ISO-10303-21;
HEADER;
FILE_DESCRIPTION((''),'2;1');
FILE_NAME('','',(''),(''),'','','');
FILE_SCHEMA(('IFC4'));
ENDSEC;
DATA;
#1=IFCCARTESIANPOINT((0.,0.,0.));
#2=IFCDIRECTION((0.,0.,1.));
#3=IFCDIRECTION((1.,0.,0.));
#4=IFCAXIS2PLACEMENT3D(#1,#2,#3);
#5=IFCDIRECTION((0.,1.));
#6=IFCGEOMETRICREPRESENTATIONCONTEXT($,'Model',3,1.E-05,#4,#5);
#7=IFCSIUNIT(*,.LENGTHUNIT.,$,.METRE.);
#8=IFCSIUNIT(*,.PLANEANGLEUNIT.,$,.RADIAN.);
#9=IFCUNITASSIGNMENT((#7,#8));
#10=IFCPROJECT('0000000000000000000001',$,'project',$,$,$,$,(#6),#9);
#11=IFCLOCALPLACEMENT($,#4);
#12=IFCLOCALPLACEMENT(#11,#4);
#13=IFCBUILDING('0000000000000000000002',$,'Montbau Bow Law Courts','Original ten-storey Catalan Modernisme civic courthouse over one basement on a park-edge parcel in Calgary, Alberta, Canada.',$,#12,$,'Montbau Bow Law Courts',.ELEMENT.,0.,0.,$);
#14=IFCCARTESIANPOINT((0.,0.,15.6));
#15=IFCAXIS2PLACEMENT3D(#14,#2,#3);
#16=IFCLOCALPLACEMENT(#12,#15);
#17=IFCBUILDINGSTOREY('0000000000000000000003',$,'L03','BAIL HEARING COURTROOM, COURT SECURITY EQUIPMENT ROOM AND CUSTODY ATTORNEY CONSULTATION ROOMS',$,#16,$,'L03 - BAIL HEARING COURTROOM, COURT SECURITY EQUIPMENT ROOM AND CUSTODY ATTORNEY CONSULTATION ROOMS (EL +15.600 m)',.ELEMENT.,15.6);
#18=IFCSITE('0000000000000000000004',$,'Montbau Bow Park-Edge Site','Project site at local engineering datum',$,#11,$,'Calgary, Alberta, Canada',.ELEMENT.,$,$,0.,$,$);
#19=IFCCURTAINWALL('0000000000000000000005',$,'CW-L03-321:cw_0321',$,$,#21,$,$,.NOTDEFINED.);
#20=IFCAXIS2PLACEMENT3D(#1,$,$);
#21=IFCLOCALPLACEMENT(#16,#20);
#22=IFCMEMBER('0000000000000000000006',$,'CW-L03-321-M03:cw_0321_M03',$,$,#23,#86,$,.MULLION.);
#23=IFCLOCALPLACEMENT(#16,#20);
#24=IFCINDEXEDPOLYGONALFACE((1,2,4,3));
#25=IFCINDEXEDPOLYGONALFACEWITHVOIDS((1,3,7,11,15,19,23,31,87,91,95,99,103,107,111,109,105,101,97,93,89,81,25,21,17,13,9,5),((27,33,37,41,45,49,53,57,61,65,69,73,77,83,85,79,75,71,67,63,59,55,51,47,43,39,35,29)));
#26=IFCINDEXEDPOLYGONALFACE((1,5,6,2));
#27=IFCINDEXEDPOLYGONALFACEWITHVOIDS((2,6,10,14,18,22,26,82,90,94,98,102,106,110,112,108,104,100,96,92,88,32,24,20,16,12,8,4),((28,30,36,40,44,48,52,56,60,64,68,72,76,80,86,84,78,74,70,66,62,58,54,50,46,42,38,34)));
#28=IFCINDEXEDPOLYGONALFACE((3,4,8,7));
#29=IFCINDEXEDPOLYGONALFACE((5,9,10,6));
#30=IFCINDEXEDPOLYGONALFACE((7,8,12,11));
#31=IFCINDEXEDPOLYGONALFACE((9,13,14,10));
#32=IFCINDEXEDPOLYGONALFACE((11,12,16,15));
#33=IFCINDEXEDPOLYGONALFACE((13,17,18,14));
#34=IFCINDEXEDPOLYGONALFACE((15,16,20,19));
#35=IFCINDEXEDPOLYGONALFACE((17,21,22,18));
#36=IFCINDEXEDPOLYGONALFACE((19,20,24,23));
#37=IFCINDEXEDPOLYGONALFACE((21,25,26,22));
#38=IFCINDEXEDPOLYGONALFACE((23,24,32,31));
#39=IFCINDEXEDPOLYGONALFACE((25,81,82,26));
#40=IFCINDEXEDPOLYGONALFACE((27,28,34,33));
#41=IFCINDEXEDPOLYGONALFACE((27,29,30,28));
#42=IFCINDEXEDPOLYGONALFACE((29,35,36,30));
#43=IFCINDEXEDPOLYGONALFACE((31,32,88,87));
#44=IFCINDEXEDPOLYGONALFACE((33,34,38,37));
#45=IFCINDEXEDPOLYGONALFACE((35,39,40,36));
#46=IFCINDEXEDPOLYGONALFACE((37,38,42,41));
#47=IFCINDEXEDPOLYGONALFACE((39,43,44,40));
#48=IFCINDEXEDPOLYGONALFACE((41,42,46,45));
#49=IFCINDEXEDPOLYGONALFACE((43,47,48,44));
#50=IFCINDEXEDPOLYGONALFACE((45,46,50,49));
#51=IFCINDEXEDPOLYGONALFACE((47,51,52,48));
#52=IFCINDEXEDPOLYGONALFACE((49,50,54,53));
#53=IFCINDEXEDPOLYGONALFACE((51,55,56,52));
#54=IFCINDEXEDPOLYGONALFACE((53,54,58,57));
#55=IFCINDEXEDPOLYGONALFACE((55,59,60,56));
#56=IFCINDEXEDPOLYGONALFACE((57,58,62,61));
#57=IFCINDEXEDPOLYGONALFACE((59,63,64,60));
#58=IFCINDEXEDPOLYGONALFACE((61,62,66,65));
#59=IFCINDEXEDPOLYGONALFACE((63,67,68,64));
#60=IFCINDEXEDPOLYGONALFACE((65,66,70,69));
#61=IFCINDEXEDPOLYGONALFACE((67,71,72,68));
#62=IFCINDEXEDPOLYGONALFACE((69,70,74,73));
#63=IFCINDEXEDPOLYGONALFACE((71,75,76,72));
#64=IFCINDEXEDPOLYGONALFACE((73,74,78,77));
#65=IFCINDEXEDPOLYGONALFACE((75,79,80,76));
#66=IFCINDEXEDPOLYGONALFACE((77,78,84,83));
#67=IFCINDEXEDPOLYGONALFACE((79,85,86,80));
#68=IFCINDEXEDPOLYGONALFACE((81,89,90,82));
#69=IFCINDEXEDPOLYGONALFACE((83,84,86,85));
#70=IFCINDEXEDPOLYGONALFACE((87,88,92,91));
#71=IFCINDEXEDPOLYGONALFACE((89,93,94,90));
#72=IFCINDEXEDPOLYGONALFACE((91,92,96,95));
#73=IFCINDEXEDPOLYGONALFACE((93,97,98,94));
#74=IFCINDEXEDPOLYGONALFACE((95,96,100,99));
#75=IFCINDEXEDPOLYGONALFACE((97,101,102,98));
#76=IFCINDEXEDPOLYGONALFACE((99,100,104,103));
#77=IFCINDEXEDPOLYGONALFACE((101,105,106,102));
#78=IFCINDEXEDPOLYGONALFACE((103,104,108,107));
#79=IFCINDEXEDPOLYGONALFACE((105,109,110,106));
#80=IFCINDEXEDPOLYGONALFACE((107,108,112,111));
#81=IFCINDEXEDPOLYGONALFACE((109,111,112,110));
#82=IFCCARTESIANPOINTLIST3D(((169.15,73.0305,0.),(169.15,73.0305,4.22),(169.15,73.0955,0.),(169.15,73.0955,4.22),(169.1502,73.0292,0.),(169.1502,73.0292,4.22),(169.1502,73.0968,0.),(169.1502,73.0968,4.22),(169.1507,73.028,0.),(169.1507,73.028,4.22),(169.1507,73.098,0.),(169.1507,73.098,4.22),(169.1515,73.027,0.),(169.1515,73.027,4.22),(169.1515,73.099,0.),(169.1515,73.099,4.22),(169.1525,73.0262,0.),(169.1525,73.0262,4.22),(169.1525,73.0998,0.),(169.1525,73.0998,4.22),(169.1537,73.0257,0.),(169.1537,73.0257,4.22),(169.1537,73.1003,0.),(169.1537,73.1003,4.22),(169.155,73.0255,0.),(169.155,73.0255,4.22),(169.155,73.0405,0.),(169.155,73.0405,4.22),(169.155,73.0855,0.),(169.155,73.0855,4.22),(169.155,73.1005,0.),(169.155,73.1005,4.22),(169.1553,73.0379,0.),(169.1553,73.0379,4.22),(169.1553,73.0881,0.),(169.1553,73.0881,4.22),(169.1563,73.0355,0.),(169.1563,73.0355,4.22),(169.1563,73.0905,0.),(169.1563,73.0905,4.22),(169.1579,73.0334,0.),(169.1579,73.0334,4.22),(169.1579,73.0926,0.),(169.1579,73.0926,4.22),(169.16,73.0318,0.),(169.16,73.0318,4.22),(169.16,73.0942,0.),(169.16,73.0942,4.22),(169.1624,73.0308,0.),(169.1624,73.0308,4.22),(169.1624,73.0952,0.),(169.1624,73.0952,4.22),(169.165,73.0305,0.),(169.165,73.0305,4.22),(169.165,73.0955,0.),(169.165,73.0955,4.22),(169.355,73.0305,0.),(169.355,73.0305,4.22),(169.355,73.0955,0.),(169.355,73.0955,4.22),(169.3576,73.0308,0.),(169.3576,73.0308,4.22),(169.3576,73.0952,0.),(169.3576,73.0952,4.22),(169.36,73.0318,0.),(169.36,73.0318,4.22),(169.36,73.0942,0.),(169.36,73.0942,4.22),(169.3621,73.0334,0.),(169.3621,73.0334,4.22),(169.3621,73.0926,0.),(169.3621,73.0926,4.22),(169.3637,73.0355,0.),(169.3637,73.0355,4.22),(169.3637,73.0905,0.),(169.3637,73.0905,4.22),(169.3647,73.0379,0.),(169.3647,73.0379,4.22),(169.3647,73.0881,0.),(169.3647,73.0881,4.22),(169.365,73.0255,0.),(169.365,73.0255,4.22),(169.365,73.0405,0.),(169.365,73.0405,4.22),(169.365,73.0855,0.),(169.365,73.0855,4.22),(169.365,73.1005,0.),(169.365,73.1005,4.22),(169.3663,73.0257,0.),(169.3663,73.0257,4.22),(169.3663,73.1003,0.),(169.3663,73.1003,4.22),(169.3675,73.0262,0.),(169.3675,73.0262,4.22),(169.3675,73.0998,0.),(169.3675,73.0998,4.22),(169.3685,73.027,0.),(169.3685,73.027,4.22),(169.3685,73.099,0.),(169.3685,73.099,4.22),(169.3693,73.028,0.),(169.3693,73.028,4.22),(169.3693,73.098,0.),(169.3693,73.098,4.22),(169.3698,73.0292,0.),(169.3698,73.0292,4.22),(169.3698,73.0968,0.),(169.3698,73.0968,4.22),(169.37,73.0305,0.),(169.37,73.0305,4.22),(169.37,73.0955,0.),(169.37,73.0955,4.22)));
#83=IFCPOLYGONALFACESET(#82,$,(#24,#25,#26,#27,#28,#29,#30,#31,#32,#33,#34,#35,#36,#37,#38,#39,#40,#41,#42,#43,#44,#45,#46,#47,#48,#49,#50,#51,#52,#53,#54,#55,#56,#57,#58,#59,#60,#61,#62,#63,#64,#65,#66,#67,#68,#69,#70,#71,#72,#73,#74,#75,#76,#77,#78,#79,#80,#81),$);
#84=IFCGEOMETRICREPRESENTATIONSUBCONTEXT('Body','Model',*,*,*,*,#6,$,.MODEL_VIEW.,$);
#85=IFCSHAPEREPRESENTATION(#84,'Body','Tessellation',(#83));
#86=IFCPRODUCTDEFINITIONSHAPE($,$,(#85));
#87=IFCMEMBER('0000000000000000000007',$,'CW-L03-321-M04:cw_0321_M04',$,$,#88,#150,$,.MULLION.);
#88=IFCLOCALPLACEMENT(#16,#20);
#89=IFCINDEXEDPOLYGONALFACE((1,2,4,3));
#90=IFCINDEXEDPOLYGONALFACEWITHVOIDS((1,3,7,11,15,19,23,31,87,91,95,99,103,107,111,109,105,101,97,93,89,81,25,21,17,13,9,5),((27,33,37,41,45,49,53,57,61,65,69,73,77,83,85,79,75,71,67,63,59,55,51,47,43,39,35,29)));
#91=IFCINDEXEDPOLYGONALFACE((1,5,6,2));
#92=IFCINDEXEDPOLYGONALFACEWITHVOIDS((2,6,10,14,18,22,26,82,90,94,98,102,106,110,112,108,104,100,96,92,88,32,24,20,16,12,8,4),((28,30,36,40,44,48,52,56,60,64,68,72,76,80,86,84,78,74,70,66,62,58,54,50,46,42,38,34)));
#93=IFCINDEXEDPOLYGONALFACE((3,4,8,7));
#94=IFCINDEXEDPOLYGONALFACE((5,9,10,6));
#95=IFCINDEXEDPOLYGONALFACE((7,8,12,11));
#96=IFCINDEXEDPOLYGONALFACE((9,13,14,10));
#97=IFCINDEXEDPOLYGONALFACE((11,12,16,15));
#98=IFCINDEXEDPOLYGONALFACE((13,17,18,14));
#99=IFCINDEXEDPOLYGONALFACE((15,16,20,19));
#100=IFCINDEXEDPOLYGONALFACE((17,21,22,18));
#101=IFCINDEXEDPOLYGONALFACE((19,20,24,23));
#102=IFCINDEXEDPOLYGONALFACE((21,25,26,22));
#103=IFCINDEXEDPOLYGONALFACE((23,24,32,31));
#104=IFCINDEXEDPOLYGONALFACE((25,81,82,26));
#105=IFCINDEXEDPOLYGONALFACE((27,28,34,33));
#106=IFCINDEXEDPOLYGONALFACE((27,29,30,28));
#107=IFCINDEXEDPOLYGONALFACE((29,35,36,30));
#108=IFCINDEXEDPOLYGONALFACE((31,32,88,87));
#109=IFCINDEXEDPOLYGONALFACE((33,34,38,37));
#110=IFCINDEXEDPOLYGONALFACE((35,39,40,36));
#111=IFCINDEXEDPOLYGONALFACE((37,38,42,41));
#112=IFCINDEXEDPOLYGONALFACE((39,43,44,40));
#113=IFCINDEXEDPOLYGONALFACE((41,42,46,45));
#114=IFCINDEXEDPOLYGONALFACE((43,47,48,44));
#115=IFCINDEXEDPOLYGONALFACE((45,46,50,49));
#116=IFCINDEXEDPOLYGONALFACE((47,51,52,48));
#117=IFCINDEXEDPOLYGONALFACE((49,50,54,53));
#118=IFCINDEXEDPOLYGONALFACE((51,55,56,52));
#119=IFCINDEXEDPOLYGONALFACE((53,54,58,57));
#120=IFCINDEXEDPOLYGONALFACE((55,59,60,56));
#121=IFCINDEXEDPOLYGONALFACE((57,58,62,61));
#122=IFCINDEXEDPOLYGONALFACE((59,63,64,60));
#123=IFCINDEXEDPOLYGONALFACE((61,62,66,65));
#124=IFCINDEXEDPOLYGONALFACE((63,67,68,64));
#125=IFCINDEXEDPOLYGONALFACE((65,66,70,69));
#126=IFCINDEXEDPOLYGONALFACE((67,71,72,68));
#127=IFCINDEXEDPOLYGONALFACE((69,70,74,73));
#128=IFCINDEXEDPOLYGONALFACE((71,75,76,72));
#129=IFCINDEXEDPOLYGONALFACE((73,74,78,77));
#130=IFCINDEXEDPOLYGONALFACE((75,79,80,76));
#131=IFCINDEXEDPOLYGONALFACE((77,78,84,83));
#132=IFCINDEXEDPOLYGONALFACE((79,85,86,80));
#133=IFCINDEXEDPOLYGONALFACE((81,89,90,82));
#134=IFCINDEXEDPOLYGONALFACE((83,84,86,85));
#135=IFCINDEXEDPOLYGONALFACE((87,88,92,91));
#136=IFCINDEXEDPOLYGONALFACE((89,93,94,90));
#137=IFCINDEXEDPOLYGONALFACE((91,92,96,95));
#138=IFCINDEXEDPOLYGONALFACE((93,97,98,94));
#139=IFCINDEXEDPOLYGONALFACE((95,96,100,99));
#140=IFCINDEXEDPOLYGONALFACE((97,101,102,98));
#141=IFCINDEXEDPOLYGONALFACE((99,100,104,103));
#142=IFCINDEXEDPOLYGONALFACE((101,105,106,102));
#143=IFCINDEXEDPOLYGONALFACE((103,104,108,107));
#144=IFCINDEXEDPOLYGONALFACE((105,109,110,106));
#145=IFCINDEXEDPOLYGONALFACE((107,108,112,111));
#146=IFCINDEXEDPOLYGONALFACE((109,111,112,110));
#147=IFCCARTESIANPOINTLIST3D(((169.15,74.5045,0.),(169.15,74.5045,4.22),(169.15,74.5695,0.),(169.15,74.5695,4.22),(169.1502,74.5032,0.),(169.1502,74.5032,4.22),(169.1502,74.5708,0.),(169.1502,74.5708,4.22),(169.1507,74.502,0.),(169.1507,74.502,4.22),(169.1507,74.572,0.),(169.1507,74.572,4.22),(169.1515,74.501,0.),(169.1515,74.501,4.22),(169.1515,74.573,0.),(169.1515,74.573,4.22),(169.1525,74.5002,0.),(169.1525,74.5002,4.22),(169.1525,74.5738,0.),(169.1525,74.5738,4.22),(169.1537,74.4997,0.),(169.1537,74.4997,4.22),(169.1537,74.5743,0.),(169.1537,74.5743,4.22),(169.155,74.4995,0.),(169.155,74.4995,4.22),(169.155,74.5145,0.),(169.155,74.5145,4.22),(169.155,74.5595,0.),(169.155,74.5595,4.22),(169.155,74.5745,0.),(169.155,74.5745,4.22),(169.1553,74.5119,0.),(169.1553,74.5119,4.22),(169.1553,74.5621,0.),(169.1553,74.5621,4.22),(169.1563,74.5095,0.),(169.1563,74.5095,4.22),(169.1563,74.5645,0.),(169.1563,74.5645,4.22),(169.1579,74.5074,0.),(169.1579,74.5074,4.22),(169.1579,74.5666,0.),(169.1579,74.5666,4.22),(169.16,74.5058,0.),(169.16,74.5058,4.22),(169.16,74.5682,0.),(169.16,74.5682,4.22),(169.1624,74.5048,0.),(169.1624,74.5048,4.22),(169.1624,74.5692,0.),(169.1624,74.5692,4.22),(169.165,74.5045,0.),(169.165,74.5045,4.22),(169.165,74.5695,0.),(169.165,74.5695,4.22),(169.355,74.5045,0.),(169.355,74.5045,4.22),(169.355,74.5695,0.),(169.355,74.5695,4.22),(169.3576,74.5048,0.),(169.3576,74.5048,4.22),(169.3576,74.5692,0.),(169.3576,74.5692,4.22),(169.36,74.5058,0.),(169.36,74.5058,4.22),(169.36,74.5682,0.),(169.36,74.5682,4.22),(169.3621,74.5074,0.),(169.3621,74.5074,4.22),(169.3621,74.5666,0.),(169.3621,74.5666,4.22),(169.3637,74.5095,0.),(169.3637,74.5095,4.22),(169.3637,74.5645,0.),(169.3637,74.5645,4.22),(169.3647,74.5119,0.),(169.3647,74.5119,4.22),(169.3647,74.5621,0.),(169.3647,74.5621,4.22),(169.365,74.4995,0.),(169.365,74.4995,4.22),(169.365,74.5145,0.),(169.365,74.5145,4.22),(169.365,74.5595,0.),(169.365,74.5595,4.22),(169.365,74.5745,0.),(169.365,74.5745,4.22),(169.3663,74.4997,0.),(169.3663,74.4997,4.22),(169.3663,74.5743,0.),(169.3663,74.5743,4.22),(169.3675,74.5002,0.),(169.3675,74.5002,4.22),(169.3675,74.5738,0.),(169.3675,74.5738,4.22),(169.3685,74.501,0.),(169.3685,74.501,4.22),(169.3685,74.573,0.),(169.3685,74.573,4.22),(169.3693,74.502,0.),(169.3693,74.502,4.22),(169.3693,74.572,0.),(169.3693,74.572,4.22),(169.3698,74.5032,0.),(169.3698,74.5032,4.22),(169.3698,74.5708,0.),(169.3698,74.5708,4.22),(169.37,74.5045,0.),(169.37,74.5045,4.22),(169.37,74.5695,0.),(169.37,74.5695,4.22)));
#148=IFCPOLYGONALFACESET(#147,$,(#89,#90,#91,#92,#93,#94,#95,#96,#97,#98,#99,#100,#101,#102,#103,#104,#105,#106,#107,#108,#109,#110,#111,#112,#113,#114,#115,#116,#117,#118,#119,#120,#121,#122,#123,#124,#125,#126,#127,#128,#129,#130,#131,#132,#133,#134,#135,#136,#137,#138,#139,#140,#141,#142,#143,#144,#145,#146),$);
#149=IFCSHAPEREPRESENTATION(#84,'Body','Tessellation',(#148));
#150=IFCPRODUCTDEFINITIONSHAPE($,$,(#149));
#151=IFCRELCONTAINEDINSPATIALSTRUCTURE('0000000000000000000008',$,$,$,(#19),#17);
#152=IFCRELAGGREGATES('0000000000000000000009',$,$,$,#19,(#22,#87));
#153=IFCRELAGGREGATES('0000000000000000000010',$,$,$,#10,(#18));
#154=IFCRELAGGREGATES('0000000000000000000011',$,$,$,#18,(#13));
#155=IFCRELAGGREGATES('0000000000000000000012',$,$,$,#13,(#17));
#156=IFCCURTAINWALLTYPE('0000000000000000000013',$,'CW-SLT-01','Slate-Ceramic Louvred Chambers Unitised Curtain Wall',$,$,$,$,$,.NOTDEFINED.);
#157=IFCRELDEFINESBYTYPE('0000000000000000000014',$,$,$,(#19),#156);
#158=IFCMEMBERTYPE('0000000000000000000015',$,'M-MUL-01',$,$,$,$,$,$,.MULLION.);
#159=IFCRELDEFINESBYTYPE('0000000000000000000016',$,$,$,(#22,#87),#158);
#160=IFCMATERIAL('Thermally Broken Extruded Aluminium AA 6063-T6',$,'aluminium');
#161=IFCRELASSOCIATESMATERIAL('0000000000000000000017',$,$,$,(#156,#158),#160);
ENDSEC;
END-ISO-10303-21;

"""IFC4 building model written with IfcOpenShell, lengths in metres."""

from ifc_helpers import new_model, si_unit, direction, frame, origin_with_axes, origin_2d_with_axis, place, context, subcontext, project, spatial, hollow_rectangle, extrude, material, material_profile, profile_set, type_object, element, aggregate, save


model = new_model("IFC4")

# Units and contexts
model_context = context("Model", 3, precision=1e-05, world=origin_with_axes(), true_north=direction((0.0, 1.0)))
body_context = subcontext(model_context, "Body", "Model", "MODEL_VIEW")
ifc_project = project(units=[si_unit("LENGTHUNIT", "METRE"), si_unit("PLANEANGLEUNIT", "RADIAN")], contexts=[model_context])

# Site, building, storey
site_placement = place(None, origin_with_axes())
site = spatial("IfcSite", under=ifc_project, at=site_placement, Name="Montbau Bow Park-Edge Site", Description="Project site at local engineering datum", LongName="Calgary, Alberta, Canada", CompositionType="ELEMENT", RefElevation=0.0)
building_placement = place(site_placement, origin_with_axes())
building = spatial("IfcBuilding", under=site, at=building_placement, Name="Montbau Bow Law Courts", Description="Original ten-storey Catalan Modernisme civic courthouse over one basement on a park-edge parcel in Calgary, Alberta, Canada.", LongName="Montbau Bow Law Courts", CompositionType="ELEMENT", ElevationOfRefHeight=0.0, ElevationOfTerrain=0.0)
storey_placement = place(building_placement, frame((0.0, 0.0, 15.6), z_axis=(0.0, 0.0, 1.0), x_axis=(1.0, 0.0, 0.0)))
storey = spatial("IfcBuildingStorey", under=building, at=storey_placement, Name="L03", Description="BAIL HEARING COURTROOM, COURT SECURITY EQUIPMENT ROOM AND CUSTODY ATTORNEY CONSULTATION ROOMS", LongName="L03 - BAIL HEARING COURTROOM, COURT SECURITY EQUIPMENT ROOM AND CUSTODY ATTORNEY CONSULTATION ROOMS (EL +15.600 m)", CompositionType="ELEMENT", Elevation=15.6)

# Curtain wall, members
ifc_material_1 = material(Name="Thermally Broken Extruded Aluminium AA 6063-T6", Category="aluminium")
curtain_wall_type = type_object("IfcCurtainWallType", Name="CW-SLT-01", Description="Slate-Ceramic Louvred Chambers Unitised Curtain Wall", PredefinedType="NOTDEFINED", material=ifc_material_1)
curtain_wall_placement = place(None, frame((169.26, 70.115, 15.6), z_axis=(0.0, 0.0, 1.0), x_axis=(1.0, 0.0, 0.0)))
curtain_wall = element("IfcCurtainWall", 1, at=curtain_wall_placement, inside=storey, type_object=curtain_wall_type, Name="CW-L03-321:cw_0321", PredefinedType="NOTDEFINED")
ifc_material_profile_1 = material_profile(ifc_material_1, hollow_rectangle(XDim=0.075, YDim=0.22, WallThickness=0.005, InnerFilletRadius=0.01, OuterFilletRadius=0.005, at=origin_2d_with_axis()), Name="CWM-220X75", Category="Main", Priority=0)
ifc_profile_set_1 = profile_set([ifc_material_profile_1], Name="Thermally Broken Extruded Aluminium AA 6063-T6")
member_type_1 = type_object("IfcMemberType", Name="M-MUL-01", PredefinedType="MULLION", material=ifc_profile_set_1)
member_1_placement = place(None, frame((169.26, 73.063, 15.6), z_axis=(0.0, 0.0, 1.0), x_axis=(0.0, 1.0, 0.0)))
member_1 = element("IfcMember", 2, at=member_1_placement, type_object=member_type_1, Name="CW-L03-321-M03:cw_0321_M03", PredefinedType="MULLION", context=body_context, shape_type="SweptSolid", body=[
    extrude(hollow_rectangle(XDim=0.075, YDim=0.22, WallThickness=0.005, InnerFilletRadius=0.01, OuterFilletRadius=0.005, at=origin_2d_with_axis()), origin_with_axes(), (0.0, 0.0, 1.0), 4.22),
])
member_2_placement = place(None, frame((169.26, 74.537, 15.6), z_axis=(0.0, 0.0, 1.0), x_axis=(0.0, 1.0, 0.0)))
member_2 = element("IfcMember", 3, at=member_2_placement, type_object=member_type_1, Name="CW-L03-321-M04:cw_0321_M04", PredefinedType="MULLION", context=body_context, shape_type="SweptSolid", body=[
    extrude(hollow_rectangle(XDim=0.075, YDim=0.22, WallThickness=0.005, InnerFilletRadius=0.01, OuterFilletRadius=0.005, at=origin_2d_with_axis()), origin_with_axes(), (0.0, 0.0, 1.0), 4.22),
])
aggregate(curtain_wall, [member_1, member_2])

save(model, "model.ifc")
